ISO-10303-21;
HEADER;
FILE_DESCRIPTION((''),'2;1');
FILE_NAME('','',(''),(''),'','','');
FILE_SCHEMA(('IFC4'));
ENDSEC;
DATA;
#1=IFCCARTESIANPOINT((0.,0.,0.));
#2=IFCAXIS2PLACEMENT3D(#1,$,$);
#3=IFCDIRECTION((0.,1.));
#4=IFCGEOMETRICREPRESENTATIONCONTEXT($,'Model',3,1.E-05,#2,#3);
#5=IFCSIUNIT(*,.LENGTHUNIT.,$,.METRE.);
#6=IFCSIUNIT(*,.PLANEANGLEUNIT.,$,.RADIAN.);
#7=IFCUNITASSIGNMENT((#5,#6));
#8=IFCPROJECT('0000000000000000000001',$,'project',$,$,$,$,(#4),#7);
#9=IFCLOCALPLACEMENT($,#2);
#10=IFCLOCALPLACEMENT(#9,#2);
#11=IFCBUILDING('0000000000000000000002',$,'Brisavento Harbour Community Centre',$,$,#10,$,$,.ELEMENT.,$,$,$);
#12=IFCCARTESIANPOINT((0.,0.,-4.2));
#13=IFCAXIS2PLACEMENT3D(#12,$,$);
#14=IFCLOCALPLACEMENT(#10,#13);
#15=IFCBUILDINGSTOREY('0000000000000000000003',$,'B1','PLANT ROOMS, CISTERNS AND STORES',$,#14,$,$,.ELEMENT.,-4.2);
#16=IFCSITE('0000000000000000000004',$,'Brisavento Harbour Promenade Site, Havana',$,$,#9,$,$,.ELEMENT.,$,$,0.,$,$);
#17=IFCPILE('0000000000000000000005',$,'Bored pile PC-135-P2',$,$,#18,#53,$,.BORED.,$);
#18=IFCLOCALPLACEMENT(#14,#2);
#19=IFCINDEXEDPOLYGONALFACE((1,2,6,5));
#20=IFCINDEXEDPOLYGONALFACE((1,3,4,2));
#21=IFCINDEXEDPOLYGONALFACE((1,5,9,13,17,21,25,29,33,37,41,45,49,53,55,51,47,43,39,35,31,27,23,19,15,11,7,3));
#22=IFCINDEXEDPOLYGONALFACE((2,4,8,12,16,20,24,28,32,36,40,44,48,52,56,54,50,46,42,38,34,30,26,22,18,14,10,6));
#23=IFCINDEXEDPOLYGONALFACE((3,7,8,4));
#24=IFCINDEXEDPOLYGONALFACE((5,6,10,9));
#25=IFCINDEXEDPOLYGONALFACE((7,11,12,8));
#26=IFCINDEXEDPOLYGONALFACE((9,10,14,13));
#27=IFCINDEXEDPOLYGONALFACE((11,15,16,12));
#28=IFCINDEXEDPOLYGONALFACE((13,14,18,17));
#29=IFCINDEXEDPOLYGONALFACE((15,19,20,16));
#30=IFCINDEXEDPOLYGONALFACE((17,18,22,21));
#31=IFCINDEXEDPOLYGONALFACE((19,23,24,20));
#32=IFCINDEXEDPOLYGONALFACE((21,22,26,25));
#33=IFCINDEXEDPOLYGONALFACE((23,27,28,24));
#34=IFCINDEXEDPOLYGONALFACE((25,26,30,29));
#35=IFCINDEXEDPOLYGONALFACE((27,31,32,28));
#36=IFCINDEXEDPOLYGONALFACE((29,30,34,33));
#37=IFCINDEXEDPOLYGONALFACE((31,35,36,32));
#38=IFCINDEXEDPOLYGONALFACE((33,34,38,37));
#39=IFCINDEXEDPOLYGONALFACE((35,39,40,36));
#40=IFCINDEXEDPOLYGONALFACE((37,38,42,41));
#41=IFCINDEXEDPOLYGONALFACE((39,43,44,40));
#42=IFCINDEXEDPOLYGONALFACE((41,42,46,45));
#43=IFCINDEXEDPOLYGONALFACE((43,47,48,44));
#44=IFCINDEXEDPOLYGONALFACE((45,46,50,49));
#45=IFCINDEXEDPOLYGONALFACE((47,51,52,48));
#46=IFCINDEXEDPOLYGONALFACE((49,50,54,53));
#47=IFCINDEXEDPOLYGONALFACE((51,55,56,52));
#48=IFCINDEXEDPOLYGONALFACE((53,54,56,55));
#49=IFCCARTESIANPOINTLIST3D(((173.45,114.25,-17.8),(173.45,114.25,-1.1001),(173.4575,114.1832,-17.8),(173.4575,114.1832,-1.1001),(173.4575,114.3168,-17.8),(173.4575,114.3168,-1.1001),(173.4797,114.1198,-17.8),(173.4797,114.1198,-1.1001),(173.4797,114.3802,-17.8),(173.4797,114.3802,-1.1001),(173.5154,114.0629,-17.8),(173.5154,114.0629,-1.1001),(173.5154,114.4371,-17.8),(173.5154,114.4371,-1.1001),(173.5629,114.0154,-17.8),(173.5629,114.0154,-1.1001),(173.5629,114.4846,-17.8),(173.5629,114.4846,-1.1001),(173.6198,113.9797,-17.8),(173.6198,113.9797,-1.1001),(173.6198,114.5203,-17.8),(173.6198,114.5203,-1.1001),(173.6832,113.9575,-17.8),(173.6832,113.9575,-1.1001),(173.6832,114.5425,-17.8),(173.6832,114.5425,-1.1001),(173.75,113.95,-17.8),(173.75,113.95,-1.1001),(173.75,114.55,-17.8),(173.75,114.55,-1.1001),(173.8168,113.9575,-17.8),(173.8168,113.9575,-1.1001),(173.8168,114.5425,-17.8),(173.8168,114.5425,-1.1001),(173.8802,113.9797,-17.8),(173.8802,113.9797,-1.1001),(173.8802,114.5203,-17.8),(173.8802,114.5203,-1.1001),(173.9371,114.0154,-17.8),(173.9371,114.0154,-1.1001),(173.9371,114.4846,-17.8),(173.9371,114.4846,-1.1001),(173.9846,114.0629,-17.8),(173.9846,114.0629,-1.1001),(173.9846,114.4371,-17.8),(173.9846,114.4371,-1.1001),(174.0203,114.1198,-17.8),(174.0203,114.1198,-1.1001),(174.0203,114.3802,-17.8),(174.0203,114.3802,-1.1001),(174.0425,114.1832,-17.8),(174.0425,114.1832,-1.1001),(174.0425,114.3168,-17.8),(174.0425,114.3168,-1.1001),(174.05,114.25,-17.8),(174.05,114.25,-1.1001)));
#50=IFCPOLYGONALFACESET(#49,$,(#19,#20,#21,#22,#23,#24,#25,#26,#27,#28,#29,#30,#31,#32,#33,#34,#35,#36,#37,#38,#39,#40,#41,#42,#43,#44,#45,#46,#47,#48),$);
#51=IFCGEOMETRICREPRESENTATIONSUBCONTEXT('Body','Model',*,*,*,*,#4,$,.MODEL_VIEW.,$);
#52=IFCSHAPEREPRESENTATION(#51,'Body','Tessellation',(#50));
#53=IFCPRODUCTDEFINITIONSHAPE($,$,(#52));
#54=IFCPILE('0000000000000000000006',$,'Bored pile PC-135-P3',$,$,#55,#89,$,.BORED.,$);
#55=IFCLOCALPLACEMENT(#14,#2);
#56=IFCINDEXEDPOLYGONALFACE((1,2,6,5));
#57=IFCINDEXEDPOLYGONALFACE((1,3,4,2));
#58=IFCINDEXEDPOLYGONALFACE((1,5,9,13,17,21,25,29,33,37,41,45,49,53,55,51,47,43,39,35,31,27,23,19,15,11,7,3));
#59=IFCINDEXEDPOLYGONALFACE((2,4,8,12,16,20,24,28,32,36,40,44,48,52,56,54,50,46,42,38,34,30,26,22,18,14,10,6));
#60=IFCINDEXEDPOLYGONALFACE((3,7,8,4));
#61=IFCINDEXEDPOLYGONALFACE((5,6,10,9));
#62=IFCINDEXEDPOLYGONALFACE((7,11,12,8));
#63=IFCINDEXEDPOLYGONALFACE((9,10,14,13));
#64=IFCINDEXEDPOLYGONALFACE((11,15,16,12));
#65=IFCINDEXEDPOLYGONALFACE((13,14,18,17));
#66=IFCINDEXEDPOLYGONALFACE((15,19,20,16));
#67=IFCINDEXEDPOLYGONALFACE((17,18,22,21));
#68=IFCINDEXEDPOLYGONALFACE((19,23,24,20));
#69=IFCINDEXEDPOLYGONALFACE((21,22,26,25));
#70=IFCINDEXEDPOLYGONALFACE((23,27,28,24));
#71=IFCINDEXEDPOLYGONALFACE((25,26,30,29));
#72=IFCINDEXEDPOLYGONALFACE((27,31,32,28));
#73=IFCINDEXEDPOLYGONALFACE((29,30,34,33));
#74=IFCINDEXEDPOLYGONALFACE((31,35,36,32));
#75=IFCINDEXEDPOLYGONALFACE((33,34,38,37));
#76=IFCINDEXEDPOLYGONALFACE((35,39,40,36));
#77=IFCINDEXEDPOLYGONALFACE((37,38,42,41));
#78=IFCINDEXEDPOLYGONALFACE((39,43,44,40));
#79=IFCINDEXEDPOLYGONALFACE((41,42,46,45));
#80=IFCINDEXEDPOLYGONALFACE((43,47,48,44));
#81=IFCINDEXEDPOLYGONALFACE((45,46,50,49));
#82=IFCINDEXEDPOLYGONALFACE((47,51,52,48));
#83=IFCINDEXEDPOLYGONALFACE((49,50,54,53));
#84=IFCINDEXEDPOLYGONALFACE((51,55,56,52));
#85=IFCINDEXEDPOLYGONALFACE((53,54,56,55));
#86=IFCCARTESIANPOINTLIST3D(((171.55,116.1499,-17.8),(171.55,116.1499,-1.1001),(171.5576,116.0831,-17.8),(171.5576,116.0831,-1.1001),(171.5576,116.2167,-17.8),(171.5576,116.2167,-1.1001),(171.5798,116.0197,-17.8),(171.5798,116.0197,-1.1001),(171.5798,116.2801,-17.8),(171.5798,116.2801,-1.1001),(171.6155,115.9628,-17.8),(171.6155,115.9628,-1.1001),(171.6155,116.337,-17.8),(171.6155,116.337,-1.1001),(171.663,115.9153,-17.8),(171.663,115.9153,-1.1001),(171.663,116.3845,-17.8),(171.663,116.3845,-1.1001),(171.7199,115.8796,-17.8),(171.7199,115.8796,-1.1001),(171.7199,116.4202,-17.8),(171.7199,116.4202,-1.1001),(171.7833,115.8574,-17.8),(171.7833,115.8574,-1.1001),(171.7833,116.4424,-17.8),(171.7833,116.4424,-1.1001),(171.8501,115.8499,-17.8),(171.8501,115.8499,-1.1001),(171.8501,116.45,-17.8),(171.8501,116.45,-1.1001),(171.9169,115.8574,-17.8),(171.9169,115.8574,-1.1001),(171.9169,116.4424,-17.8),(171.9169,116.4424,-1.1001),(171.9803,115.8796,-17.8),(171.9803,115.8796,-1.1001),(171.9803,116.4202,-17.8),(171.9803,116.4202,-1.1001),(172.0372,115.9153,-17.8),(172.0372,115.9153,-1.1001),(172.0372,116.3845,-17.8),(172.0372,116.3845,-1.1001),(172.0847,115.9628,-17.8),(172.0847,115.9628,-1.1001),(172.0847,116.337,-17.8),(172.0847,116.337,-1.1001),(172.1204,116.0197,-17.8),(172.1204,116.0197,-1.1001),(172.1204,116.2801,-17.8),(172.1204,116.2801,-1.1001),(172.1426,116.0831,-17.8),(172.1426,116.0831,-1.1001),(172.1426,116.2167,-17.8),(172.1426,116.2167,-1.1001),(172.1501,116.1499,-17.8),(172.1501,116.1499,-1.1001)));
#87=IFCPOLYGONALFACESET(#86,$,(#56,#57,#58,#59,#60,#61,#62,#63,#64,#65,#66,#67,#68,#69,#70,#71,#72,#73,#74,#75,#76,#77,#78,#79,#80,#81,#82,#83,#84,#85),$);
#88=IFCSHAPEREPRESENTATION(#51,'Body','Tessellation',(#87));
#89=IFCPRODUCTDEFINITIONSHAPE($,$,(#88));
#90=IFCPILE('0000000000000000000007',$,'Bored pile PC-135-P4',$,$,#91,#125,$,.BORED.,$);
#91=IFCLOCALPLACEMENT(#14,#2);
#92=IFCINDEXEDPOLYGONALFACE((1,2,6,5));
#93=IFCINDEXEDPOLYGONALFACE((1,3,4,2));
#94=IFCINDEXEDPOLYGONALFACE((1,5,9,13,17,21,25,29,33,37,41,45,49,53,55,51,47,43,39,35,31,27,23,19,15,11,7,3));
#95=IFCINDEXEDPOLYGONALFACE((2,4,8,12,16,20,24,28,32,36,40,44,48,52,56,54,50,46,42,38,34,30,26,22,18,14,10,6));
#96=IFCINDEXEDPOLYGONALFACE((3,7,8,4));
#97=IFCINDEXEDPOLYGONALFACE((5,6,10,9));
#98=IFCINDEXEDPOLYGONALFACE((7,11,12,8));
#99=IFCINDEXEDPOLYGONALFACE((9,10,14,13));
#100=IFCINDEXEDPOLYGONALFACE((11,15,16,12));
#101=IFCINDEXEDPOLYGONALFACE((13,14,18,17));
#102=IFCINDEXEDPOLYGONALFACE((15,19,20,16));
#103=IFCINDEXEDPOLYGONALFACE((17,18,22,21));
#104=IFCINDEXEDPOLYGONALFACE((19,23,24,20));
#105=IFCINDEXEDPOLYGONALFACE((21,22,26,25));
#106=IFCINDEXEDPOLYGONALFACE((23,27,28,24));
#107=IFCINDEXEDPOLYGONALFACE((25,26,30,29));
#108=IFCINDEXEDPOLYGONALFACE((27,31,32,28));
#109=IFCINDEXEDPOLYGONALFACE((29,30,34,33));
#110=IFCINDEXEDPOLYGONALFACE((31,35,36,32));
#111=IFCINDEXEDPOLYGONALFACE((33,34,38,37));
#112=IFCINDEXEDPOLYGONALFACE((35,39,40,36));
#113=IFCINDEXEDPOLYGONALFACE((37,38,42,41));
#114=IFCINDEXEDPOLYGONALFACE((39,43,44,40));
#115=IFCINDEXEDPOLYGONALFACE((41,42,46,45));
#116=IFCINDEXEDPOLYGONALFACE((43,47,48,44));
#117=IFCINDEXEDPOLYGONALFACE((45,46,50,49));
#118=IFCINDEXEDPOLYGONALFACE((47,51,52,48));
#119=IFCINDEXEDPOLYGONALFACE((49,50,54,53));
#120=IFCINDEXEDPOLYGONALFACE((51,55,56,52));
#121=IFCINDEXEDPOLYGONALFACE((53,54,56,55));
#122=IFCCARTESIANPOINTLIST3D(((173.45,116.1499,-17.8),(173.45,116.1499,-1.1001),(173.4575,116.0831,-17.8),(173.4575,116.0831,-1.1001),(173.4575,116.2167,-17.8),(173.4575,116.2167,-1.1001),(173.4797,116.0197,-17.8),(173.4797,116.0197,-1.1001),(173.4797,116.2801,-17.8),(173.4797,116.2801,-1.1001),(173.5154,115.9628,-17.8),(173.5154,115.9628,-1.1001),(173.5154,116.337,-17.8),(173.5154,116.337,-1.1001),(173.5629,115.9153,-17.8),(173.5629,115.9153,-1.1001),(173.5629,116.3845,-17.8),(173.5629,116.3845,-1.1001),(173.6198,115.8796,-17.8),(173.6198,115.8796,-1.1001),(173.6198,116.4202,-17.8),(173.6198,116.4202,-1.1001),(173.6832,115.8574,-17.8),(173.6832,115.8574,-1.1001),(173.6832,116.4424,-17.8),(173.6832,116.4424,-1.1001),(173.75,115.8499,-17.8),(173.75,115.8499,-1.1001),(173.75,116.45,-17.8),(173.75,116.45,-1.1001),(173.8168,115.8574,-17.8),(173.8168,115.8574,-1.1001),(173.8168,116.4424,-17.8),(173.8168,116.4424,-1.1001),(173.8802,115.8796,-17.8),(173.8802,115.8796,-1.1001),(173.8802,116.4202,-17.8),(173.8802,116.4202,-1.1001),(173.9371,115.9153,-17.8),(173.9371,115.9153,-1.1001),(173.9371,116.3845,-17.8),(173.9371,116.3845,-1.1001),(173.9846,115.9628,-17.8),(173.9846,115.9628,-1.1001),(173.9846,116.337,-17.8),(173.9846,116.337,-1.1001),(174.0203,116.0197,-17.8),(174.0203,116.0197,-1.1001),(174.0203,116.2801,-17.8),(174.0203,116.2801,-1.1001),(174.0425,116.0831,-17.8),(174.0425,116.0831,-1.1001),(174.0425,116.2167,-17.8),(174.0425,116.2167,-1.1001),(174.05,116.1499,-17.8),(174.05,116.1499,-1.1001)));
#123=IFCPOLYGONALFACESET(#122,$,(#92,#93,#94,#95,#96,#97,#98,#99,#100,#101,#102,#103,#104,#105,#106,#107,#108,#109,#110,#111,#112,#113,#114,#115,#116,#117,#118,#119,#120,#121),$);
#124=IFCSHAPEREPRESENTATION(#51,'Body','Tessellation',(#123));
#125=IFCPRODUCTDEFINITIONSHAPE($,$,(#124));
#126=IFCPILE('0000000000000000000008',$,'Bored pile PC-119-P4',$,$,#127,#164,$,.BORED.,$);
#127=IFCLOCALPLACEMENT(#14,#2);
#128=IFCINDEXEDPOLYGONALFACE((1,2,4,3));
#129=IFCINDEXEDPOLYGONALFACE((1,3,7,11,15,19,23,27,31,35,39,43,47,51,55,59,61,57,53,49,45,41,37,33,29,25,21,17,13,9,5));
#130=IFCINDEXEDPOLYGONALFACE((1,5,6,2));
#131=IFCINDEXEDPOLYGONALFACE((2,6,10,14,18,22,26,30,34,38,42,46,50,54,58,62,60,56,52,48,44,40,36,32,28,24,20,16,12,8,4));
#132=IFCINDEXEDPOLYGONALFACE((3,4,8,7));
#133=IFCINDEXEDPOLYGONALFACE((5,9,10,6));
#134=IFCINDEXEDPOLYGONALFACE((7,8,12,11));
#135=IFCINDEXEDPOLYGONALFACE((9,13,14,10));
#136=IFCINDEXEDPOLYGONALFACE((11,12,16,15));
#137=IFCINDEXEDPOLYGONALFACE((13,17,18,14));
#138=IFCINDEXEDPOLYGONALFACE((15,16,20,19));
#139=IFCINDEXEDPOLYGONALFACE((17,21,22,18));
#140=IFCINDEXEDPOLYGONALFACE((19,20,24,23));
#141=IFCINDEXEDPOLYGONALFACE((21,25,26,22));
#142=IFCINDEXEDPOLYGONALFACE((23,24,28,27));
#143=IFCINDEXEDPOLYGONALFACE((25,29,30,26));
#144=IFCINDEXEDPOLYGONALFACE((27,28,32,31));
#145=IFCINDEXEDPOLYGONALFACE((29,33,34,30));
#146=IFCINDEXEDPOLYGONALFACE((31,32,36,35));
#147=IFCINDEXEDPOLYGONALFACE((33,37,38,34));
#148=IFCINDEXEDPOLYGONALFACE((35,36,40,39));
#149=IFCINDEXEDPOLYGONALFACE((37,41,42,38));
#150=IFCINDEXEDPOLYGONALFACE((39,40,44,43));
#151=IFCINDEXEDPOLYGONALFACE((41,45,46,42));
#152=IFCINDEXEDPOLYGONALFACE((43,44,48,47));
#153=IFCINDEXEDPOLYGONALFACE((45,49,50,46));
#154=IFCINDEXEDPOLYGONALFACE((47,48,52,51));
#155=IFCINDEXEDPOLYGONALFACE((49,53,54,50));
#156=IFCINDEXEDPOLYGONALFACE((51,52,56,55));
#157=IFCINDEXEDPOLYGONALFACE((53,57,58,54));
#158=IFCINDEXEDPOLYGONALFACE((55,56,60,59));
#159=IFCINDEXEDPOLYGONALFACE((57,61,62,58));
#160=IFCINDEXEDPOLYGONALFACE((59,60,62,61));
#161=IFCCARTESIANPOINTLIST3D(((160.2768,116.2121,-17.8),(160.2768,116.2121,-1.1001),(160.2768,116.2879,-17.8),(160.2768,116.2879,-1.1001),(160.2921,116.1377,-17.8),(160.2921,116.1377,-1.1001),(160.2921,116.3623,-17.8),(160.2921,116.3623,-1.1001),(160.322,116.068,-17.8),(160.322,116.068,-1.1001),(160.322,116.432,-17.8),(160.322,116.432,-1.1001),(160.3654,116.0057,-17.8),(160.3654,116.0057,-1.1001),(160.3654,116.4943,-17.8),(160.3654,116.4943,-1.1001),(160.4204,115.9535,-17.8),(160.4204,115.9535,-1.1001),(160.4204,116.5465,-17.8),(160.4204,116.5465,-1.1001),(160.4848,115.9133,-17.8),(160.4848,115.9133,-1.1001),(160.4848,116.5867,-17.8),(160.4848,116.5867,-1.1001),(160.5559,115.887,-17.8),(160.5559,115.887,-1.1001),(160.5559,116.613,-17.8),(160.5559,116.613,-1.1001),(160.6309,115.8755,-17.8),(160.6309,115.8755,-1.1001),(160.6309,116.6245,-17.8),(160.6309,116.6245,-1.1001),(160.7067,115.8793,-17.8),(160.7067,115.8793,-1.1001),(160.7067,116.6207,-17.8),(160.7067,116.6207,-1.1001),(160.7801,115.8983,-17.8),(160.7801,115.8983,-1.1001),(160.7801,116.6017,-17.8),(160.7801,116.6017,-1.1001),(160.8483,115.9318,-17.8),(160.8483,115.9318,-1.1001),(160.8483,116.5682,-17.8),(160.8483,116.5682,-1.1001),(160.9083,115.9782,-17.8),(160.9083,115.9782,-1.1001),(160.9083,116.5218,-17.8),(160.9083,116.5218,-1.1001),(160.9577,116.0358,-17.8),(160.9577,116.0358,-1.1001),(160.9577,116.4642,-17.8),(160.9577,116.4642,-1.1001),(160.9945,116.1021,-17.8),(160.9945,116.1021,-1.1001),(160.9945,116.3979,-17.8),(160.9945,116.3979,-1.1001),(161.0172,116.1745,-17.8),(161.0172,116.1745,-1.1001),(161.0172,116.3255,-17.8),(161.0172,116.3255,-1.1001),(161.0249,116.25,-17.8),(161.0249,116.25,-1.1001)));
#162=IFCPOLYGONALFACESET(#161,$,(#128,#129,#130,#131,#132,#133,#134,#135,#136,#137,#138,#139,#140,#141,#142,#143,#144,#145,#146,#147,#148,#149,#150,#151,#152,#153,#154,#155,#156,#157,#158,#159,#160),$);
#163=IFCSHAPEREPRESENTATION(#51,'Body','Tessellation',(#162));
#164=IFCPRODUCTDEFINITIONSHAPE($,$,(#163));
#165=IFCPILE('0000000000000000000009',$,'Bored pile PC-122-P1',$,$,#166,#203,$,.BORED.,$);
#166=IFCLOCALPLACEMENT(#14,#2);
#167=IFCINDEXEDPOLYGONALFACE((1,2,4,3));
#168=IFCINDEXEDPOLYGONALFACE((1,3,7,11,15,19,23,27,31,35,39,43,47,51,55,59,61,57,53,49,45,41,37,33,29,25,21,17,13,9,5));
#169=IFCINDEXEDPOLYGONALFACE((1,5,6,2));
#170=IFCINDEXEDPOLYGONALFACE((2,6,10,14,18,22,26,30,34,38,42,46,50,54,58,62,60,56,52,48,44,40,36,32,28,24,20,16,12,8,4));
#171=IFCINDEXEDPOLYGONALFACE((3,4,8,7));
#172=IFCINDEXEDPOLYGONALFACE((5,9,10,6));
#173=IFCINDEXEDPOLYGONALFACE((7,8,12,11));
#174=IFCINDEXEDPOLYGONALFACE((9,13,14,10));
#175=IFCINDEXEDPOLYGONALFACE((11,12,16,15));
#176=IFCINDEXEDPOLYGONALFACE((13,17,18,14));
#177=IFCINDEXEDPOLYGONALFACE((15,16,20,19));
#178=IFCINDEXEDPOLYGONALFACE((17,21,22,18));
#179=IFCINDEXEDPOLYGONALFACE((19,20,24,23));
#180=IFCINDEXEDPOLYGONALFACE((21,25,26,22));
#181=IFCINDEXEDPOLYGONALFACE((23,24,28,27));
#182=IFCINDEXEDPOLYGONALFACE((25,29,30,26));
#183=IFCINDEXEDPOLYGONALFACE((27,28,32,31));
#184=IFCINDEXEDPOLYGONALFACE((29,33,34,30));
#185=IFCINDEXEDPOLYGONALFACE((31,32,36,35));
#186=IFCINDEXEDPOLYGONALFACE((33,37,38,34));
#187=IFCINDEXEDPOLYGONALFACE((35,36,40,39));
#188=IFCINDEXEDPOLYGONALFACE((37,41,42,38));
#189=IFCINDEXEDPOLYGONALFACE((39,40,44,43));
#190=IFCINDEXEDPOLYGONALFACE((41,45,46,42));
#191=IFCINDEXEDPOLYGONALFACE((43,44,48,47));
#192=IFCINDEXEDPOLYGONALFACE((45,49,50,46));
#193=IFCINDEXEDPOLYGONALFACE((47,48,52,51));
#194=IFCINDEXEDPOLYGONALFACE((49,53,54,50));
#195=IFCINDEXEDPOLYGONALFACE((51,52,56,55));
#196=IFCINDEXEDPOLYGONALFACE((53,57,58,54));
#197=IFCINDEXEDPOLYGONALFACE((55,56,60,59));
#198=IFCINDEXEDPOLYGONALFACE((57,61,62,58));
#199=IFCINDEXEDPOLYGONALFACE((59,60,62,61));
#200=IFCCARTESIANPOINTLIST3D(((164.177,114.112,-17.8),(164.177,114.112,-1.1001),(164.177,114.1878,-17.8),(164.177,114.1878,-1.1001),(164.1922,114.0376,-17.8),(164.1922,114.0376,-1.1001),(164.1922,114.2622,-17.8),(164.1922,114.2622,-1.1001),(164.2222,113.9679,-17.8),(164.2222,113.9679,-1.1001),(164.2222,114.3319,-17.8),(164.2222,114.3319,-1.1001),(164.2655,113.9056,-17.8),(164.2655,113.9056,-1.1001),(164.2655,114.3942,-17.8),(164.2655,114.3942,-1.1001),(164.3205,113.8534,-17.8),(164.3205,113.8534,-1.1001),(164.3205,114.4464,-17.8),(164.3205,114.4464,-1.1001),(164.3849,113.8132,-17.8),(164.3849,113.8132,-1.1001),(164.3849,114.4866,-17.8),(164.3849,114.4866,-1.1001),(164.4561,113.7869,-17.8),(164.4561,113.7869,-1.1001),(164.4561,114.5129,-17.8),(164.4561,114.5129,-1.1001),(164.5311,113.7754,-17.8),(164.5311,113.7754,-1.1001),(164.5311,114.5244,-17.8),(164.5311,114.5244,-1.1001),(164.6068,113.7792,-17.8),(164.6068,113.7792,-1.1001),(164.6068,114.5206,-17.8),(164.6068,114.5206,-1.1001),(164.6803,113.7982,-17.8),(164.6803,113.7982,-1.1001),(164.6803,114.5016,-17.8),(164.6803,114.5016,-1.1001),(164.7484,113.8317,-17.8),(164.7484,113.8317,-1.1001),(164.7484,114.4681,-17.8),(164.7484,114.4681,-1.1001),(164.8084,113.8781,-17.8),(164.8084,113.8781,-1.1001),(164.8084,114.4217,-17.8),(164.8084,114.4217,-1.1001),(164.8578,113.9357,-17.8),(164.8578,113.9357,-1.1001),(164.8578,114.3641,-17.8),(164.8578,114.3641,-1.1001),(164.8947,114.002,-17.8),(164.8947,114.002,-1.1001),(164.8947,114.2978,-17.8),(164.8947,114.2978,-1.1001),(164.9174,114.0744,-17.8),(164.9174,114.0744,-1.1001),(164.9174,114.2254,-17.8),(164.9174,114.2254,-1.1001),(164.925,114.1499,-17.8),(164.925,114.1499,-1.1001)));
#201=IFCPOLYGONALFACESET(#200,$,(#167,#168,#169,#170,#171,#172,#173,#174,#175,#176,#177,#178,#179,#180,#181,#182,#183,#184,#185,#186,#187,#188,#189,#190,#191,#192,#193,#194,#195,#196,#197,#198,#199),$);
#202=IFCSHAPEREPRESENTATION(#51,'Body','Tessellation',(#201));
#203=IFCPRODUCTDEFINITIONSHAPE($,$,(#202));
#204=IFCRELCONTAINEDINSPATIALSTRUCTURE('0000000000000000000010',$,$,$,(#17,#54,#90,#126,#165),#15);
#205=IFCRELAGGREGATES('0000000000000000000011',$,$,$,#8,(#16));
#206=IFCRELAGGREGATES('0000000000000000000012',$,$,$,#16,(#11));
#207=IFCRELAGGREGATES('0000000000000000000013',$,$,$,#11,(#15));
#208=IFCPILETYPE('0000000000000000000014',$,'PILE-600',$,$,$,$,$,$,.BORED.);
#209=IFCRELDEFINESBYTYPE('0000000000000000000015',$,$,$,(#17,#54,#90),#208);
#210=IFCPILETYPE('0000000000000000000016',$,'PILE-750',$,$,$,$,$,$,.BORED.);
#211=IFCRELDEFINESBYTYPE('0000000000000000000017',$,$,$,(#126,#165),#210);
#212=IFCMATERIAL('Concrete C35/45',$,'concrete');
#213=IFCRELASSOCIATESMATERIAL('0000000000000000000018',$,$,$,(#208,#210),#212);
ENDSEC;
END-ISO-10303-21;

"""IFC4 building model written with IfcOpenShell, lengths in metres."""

from ifc_helpers import new_model, si_unit, direction, frame, origin, origin_2d, place, context, subcontext, project, spatial, circle, extrude, material, material_profile, profile_set, type_object, element, save


model = new_model("IFC4")

# Units and contexts
model_context = context("Model", 3, precision=1e-05, world=origin(), true_north=direction((0.0, 1.0)))
body_context = subcontext(model_context, "Body", "Model", "MODEL_VIEW")
ifc_project = project(units=[si_unit("LENGTHUNIT", "METRE"), si_unit("PLANEANGLEUNIT", "RADIAN")], contexts=[model_context])

# Site, building, storey
site_placement = place(None, origin())
site = spatial("IfcSite", under=ifc_project, at=site_placement, Name="Brisavento Harbour Promenade Site, Havana", CompositionType="ELEMENT", RefElevation=0.0)
building_placement = place(site_placement, origin())
building = spatial("IfcBuilding", under=site, at=building_placement, Name="Brisavento Harbour Community Centre", CompositionType="ELEMENT")
storey_placement = place(building_placement, frame((0.0, 0.0, -4.2)))
storey = spatial("IfcBuildingStorey", under=building, at=storey_placement, Name="B1", Description="PLANT ROOMS, CISTERNS AND STORES", CompositionType="ELEMENT", Elevation=-4.2)

# Shared definitions
ifc_material_1 = material(Name="Concrete C35/45", Category="concrete")

# Piles
ifc_material_profile_1 = material_profile(ifc_material_1, circle(Radius=0.3, at=origin_2d()), Name="Concrete C35/45")
ifc_profile_set_1 = profile_set([ifc_material_profile_1], Name="Concrete C35/45")
pile_type_1 = type_object("IfcPileType", Name="PILE-600", PredefinedType="BORED", material=ifc_profile_set_1)
for number, where, z_axis, x_axis, name in (
    (1, (173.75, 114.25, -1.1001), (0.0, 0.0, -1.0), (1.0, 0.0, 0.0), "Bored pile PC-135-P2"),
    (2, (171.8501, 116.1499, -1.1001), (0.0, 0.0, -1.0), (1.0, 0.0, 0.0), "Bored pile PC-135-P3"),
    (3, (173.75, 116.1499, -1.1001), (0.0, 0.0, -1.0), (1.0, 0.0, 0.0), "Bored pile PC-135-P4"),
):
    element("IfcPile", number, at=place(storey_placement, frame(where, z_axis=z_axis, x_axis=x_axis)), inside=storey, type_object=pile_type_1, Name=name, PredefinedType="BORED", context=body_context, shape_type="SweptSolid", body=[
        extrude(circle(Radius=0.3, at=origin_2d()), origin(), (0.0, 0.0, 1.0), 16.7),
    ])
ifc_material_profile_2 = material_profile(ifc_material_1, circle(Radius=0.375, at=origin_2d()), Name="Concrete C35/45")
ifc_profile_set_2 = profile_set([ifc_material_profile_2], Name="Concrete C35/45")
pile_type_2 = type_object("IfcPileType", Name="PILE-750", PredefinedType="BORED", material=ifc_profile_set_2)
for number, where, z_axis, x_axis, name in (
    (4, (160.6499, 116.25, -1.1001), (0.0, 0.0, -1.0), (1.0, 0.0, 0.0), "Bored pile PC-119-P4"),
    (5, (164.55, 114.1499, -1.1001), (0.0, 0.0, -1.0), (1.0, 0.0, 0.0), "Bored pile PC-122-P1"),
):
    element("IfcPile", number, at=place(storey_placement, frame(where, z_axis=z_axis, x_axis=x_axis)), inside=storey, type_object=pile_type_2, Name=name, PredefinedType="BORED", context=body_context, shape_type="SweptSolid", body=[
        extrude(circle(Radius=0.375, at=origin_2d()), origin(), (0.0, 0.0, 1.0), 16.7),
    ])

save(model, "model.ifc")
